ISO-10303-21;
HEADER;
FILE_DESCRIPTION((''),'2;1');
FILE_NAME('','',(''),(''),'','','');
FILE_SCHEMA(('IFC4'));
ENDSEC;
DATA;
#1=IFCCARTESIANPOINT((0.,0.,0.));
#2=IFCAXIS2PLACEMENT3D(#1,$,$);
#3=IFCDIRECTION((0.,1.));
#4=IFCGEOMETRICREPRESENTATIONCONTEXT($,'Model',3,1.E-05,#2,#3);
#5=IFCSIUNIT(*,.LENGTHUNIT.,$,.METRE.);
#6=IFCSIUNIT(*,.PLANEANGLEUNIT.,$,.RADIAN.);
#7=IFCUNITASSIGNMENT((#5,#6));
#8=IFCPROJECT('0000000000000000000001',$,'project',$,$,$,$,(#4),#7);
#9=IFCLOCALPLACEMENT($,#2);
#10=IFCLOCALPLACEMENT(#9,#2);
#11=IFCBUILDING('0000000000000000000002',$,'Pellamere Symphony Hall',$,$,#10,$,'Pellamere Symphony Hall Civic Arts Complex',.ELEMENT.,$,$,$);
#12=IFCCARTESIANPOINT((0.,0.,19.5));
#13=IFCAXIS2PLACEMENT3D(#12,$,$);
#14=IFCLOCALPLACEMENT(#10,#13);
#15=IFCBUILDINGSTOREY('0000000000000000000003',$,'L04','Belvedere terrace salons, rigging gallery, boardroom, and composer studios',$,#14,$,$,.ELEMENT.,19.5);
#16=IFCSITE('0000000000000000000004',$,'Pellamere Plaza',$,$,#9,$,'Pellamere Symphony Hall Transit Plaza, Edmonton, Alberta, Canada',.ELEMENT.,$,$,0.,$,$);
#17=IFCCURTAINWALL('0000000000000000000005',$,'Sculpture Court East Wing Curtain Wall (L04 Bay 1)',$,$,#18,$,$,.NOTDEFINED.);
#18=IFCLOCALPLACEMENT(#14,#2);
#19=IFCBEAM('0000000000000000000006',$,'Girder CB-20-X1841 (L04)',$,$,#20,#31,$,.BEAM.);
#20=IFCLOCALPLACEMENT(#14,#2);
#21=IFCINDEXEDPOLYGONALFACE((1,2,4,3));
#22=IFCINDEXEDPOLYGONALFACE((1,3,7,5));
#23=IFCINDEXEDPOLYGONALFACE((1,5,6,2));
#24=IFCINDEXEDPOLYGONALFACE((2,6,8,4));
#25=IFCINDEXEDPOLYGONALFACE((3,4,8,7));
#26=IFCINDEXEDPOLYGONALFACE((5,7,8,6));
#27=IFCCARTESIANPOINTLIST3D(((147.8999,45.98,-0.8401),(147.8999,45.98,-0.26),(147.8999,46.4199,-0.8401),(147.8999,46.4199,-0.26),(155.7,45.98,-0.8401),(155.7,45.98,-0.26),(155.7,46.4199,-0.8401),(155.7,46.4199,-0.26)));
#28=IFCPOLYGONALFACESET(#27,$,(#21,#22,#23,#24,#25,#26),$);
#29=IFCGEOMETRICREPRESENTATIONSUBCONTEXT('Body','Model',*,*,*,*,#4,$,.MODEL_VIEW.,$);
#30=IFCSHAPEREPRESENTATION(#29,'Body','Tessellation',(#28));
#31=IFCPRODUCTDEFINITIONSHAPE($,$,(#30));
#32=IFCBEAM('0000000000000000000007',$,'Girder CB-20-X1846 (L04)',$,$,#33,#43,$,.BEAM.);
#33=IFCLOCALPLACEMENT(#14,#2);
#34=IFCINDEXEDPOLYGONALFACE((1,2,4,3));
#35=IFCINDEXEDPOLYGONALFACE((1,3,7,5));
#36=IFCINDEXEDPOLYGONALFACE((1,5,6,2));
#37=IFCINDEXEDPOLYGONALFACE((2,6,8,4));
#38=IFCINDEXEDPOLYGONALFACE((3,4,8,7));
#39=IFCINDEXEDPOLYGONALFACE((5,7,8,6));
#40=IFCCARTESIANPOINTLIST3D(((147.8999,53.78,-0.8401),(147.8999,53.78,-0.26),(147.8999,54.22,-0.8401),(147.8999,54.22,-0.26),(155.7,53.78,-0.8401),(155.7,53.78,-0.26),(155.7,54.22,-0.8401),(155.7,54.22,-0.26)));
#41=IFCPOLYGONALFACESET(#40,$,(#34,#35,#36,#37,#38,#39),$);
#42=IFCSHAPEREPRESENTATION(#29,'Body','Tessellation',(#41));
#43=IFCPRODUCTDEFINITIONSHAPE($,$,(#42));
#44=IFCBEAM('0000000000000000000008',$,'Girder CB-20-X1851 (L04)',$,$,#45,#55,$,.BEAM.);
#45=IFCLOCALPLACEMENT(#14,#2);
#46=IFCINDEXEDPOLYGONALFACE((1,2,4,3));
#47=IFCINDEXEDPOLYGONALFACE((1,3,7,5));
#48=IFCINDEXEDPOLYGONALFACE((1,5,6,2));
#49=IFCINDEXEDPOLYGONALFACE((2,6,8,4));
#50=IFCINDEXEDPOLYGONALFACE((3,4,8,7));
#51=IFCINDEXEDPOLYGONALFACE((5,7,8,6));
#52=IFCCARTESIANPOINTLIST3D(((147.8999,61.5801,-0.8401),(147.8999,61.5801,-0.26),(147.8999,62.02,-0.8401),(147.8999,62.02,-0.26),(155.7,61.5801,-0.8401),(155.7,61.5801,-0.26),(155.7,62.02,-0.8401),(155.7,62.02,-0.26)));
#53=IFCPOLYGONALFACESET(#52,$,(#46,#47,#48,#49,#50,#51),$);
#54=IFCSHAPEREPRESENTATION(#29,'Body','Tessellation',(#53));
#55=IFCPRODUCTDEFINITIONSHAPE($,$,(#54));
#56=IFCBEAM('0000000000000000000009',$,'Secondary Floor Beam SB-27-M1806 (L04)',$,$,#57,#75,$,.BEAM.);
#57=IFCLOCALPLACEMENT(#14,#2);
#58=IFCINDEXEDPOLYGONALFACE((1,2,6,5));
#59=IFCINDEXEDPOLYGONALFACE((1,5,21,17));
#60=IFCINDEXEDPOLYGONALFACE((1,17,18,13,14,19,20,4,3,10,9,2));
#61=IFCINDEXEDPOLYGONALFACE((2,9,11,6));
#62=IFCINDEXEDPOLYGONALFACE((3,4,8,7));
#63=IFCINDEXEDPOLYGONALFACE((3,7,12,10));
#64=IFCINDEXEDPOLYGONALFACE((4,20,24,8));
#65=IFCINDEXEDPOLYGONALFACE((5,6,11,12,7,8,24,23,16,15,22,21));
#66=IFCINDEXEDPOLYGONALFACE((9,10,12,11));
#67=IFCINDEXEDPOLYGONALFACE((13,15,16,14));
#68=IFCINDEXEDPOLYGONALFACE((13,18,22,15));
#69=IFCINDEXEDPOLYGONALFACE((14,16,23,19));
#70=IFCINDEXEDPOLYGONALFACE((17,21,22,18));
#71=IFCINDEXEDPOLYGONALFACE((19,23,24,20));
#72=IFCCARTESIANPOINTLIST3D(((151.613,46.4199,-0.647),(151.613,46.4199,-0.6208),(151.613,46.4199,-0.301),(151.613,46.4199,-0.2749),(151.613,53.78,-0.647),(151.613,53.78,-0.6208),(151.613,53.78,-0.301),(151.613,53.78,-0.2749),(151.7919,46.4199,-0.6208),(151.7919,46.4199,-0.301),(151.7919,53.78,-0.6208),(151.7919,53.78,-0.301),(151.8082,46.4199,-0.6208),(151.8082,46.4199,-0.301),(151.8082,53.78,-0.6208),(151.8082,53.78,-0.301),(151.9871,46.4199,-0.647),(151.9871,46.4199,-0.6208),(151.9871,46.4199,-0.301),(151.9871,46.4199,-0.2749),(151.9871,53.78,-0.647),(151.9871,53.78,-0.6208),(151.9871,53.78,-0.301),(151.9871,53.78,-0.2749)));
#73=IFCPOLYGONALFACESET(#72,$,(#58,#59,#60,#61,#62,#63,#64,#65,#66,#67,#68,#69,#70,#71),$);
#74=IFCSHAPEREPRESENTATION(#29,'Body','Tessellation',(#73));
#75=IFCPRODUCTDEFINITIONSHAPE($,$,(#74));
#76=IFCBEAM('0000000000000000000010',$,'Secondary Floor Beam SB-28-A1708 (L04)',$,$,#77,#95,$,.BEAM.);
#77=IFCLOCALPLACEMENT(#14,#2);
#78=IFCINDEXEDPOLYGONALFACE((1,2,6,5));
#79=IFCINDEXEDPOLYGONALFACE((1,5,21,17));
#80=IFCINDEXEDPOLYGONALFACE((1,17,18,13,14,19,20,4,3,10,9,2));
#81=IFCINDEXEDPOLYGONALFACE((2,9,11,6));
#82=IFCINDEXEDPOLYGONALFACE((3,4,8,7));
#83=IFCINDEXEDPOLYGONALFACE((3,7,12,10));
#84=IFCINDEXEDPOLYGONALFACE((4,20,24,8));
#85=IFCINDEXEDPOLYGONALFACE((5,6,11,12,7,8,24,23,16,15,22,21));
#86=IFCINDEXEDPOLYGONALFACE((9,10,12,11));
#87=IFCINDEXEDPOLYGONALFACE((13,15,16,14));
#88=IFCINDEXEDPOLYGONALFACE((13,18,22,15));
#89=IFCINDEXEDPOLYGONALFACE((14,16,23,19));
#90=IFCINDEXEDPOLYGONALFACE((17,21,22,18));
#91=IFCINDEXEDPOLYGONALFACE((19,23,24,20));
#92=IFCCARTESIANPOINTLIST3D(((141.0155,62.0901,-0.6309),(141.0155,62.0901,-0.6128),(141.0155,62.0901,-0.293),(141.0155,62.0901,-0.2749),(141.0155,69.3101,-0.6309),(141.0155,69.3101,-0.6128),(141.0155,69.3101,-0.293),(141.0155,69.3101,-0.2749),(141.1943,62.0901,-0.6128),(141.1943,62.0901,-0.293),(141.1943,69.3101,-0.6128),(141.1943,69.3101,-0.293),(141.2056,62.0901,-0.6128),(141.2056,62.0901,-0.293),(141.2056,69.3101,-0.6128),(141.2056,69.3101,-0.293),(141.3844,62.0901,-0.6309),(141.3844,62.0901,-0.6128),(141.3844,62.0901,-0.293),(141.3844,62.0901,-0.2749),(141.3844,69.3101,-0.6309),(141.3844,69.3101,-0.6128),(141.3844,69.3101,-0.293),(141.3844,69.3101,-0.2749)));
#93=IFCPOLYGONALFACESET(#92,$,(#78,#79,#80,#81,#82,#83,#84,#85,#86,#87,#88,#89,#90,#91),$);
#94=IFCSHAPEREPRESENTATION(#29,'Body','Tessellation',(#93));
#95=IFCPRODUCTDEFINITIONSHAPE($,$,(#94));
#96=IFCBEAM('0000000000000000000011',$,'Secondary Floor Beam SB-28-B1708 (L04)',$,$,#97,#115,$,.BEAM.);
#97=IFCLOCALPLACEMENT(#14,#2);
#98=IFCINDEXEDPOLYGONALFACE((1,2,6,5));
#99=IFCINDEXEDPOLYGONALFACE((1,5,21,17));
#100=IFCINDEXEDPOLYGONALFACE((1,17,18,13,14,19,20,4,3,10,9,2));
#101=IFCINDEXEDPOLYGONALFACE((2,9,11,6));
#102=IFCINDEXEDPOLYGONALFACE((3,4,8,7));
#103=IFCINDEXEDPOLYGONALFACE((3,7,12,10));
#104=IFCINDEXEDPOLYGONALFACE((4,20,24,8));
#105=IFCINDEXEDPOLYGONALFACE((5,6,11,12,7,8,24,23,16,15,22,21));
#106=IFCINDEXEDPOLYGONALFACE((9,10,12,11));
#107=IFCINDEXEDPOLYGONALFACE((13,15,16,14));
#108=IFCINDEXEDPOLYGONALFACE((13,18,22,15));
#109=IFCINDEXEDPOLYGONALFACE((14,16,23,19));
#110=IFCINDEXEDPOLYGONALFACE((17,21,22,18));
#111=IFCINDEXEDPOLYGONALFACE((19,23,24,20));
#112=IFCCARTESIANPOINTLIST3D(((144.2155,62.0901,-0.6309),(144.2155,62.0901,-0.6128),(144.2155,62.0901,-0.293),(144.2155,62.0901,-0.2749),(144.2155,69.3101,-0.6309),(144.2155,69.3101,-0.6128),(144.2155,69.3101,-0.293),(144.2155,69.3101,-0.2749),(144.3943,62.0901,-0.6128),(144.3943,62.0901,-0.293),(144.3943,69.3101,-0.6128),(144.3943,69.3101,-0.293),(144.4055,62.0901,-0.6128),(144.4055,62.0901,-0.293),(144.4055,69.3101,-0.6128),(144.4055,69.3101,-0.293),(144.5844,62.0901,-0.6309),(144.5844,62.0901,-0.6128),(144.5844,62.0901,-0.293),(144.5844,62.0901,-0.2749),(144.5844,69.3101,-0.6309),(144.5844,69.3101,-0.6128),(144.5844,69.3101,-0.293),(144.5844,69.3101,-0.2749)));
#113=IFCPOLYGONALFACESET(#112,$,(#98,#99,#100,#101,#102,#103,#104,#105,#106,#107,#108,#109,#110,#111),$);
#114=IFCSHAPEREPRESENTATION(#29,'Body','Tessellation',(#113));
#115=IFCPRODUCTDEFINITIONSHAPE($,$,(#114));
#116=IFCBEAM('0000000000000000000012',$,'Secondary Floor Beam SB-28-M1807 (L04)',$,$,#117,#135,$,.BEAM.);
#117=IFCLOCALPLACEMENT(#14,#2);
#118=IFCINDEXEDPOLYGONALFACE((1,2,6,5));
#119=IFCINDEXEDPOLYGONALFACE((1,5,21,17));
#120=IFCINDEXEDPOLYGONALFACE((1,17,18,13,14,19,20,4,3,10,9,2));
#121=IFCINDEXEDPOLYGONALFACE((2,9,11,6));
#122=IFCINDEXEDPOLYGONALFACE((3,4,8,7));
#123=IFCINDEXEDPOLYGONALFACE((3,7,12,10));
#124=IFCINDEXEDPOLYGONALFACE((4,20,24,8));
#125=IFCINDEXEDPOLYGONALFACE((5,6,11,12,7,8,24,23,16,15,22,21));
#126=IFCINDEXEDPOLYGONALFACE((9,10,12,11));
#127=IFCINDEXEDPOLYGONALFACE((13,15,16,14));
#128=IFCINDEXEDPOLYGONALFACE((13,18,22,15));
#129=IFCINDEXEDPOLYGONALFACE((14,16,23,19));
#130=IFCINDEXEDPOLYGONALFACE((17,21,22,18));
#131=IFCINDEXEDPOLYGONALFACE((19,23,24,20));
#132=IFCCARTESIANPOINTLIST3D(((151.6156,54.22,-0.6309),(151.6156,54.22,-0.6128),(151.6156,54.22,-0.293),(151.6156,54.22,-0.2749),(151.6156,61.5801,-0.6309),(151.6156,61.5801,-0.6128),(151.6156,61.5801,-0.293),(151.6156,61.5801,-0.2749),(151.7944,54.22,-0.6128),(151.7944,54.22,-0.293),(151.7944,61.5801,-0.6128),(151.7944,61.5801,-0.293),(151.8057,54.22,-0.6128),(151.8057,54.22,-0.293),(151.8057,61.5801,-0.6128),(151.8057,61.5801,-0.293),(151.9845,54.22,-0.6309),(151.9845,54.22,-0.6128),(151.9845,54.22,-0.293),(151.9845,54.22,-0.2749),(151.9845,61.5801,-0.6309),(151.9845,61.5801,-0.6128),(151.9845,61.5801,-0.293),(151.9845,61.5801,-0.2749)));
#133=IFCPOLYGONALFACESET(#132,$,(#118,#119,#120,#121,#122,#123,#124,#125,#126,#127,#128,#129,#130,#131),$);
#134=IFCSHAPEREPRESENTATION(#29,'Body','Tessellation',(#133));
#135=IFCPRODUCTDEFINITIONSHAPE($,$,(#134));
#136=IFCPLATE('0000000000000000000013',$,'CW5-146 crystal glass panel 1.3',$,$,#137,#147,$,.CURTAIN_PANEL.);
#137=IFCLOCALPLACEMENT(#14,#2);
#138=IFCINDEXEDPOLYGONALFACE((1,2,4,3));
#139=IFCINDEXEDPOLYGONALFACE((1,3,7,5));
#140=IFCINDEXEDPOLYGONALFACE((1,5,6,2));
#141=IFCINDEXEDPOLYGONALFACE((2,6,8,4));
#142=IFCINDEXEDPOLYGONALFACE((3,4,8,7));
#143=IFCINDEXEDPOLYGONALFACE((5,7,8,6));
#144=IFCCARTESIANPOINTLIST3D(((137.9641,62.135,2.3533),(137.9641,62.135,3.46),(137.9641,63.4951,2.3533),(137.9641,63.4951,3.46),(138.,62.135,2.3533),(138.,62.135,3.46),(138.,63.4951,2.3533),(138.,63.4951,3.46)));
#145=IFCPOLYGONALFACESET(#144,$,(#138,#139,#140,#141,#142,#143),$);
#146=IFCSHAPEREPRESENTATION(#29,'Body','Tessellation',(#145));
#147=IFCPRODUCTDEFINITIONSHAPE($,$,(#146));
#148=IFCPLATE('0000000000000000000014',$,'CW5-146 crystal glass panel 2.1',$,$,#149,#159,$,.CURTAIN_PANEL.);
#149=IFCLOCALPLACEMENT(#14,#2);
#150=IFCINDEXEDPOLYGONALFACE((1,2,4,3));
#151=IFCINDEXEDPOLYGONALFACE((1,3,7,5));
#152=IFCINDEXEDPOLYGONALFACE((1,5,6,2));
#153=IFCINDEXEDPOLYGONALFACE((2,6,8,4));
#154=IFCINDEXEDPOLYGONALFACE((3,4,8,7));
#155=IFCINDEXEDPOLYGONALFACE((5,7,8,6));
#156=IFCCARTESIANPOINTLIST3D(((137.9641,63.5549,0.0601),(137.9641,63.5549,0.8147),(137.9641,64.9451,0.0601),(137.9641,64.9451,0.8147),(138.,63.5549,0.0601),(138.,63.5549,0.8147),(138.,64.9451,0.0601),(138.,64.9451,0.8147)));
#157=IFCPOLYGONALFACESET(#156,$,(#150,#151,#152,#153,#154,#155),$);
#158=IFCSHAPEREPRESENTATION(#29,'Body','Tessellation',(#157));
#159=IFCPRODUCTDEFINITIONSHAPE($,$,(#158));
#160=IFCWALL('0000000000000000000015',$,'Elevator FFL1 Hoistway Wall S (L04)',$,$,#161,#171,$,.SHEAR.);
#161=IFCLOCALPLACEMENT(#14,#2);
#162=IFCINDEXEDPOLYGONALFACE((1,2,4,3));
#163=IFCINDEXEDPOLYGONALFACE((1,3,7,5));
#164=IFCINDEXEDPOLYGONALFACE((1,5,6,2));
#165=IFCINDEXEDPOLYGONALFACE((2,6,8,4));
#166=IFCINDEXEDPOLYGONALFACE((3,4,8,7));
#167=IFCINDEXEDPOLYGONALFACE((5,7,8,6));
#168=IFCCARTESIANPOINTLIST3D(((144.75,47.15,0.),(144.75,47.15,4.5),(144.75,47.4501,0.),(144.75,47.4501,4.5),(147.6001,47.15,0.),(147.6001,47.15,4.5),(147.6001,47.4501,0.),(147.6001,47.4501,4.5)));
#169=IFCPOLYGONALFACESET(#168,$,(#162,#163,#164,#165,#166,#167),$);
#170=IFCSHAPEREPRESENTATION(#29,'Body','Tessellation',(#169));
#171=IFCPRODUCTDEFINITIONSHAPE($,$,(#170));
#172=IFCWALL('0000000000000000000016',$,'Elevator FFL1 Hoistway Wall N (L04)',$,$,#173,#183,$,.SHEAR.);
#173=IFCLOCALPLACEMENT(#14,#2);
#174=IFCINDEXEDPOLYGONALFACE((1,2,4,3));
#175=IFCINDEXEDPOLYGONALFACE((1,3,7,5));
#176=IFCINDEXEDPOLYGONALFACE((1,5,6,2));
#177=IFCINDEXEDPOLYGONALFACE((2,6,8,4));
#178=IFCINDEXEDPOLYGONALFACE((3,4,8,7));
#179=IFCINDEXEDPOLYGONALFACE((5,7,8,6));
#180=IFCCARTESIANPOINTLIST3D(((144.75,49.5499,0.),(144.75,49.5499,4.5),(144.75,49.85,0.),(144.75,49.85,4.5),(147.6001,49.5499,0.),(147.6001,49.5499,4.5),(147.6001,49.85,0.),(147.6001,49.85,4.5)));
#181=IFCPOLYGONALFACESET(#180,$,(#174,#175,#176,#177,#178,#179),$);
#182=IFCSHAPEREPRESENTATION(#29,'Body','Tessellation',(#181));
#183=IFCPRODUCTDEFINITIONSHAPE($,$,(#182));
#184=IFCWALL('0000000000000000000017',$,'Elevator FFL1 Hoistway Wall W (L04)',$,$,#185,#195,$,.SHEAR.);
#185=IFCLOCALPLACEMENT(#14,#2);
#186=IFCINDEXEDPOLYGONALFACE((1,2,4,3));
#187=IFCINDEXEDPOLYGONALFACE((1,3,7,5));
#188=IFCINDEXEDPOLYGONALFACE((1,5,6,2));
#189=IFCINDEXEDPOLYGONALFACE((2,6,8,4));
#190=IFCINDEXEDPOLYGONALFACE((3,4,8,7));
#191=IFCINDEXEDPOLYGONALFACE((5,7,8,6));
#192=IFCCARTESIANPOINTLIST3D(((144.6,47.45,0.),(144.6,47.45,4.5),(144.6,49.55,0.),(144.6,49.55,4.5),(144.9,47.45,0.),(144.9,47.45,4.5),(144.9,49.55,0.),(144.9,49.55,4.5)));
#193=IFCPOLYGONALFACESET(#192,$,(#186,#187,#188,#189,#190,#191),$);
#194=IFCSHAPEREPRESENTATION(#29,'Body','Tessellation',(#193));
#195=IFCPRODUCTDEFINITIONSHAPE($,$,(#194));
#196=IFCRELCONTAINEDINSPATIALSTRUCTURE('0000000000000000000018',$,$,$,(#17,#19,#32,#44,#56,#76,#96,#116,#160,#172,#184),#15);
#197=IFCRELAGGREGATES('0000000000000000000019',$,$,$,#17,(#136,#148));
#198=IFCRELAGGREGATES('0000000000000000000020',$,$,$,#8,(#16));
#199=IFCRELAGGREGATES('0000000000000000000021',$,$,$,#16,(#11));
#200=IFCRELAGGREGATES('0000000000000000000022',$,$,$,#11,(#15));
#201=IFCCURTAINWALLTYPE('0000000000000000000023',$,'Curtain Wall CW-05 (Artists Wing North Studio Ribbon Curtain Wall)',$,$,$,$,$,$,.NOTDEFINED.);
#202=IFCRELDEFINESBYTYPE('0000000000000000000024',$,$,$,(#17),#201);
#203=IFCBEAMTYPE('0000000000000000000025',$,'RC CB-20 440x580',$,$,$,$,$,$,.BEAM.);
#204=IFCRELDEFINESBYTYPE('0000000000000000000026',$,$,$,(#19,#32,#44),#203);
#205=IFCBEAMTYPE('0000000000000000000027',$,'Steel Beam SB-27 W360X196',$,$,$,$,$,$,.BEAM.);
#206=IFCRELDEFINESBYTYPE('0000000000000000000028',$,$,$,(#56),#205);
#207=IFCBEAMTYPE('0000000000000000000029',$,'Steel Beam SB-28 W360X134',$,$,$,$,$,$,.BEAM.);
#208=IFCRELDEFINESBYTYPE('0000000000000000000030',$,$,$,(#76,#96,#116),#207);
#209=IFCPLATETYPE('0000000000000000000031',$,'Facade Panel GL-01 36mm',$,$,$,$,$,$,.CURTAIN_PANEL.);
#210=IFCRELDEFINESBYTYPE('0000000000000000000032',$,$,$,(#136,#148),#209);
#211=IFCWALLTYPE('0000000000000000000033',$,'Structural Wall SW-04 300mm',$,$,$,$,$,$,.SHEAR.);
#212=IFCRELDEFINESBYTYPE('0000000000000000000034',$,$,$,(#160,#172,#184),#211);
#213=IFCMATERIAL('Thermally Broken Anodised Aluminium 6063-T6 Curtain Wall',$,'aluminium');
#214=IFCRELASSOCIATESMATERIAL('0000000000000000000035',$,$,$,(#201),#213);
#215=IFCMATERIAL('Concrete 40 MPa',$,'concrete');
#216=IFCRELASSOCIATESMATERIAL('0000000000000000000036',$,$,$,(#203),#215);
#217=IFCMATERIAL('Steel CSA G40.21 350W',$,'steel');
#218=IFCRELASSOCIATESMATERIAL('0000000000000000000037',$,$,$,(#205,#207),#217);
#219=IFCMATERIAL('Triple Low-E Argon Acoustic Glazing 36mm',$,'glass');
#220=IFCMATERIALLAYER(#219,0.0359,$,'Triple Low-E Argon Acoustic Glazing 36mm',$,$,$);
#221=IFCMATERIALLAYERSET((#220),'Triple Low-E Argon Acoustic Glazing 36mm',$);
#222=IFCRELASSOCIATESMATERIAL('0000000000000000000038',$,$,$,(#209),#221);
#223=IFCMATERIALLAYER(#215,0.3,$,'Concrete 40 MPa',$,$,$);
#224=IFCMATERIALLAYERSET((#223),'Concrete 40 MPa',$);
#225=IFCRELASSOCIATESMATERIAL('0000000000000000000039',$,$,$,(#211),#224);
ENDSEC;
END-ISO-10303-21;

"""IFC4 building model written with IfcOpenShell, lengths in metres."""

from ifc_helpers import new_model, si_unit, direction, frame, frame_2d, origin, origin_2d, place, context, subcontext, project, spatial, polyline, rectangle, i_section, outline, extrude, material, layer, layer_set, material_profile, profile_set, type_object, element, aggregate, save


model = new_model("IFC4")

# Units and contexts
model_context = context("Model", 3, precision=1e-05, world=origin(), true_north=direction((0.0, 1.0)))
body_context = subcontext(model_context, "Body", "Model", "MODEL_VIEW")
ifc_project = project(units=[si_unit("LENGTHUNIT", "METRE"), si_unit("PLANEANGLEUNIT", "RADIAN")], contexts=[model_context])

# Site, building, storey
site_placement = place(None, origin())
site = spatial("IfcSite", under=ifc_project, at=site_placement, Name="Pellamere Plaza", LongName="Pellamere Symphony Hall Transit Plaza, Edmonton, Alberta, Canada", CompositionType="ELEMENT", RefElevation=0.0)
building_placement = place(site_placement, origin())
building = spatial("IfcBuilding", under=site, at=building_placement, Name="Pellamere Symphony Hall", LongName="Pellamere Symphony Hall Civic Arts Complex", CompositionType="ELEMENT")
storey_placement = place(building_placement, frame((0.0, 0.0, 19.5)))
storey = spatial("IfcBuildingStorey", under=building, at=storey_placement, Name="L04", Description="Belvedere terrace salons, rigging gallery, boardroom, and composer studios", CompositionType="ELEMENT", Elevation=19.5)

# Curtain wall
ifc_material_1 = material(Name="Thermally Broken Anodised Aluminium 6063-T6 Curtain Wall", Category="aluminium")
curtain_wall_type = type_object("IfcCurtainWallType", Name="Curtain Wall CW-05 (Artists Wing North Studio Ribbon Curtain Wall)", PredefinedType="NOTDEFINED", material=ifc_material_1)
curtain_wall_placement = place(storey_placement, origin())
curtain_wall = element("IfcCurtainWall", 1, at=curtain_wall_placement, inside=storey, type_object=curtain_wall_type, Name="Sculpture Court East Wing Curtain Wall (L04 Bay 1)", PredefinedType="NOTDEFINED")

# Beams
ifc_material_2 = material(Name="Concrete 40 MPa", Category="concrete")
ifc_material_profile_1 = material_profile(ifc_material_2, rectangle(XDim=0.4399, YDim=0.5801, at=origin_2d()), Name="RC 440x580")
ifc_profile_set_1 = profile_set([ifc_material_profile_1], Name="Concrete 40 MPa")
beam_type_1 = type_object("IfcBeamType", Name="RC CB-20 440x580", PredefinedType="BEAM", material=ifc_profile_set_1)
for number, where, z_axis, x_axis, name in (
    (2, (147.8999, 46.2, -0.55), (1.0, 0.0, 0.0), (0.0, 1.0, 0.0), "Girder CB-20-X1841 (L04)"),
    (3, (147.8999, 54.0, -0.55), (1.0, 0.0, 0.0), (0.0, 1.0, 0.0), "Girder CB-20-X1846 (L04)"),
    (4, (147.8999, 61.8, -0.55), (1.0, 0.0, 0.0), (0.0, 1.0, 0.0), "Girder CB-20-X1851 (L04)"),
):
    element("IfcBeam", number, at=place(storey_placement, frame(where, z_axis=z_axis, x_axis=x_axis)), inside=storey, type_object=beam_type_1, Name=name, PredefinedType="BEAM", context=body_context, shape_type="SweptSolid", body=[
        extrude(rectangle(XDim=0.4399, YDim=0.5801, at=origin_2d()), origin(), (0.0, 0.0, 1.0), 7.8),
    ])
ifc_material_3 = material(Name="Steel CSA G40.21 350W", Category="steel")
ifc_material_profile_2 = material_profile(ifc_material_3, i_section(OverallWidth=0.374, OverallDepth=0.3721, WebThickness=0.0164, FlangeThickness=0.0261, at=origin_2d()), Name="W360X196")
ifc_profile_set_2 = profile_set([ifc_material_profile_2], Name="Steel CSA G40.21 350W")
beam_type_2 = type_object("IfcBeamType", Name="Steel Beam SB-27 W360X196", PredefinedType="BEAM", material=ifc_profile_set_2)
beam_1_placement = place(storey_placement, frame((151.8, 46.4199, -0.4609), z_axis=(0.0, 1.0, 0.0), x_axis=(-1.0, 0.0, 0.0)))
element("IfcBeam", 5, at=beam_1_placement, inside=storey, type_object=beam_type_2, Name="Secondary Floor Beam SB-27-M1806 (L04)", PredefinedType="BEAM", context=body_context, shape_type="SweptSolid", body=[
    extrude(i_section(OverallWidth=0.374, OverallDepth=0.3721, WebThickness=0.0164, FlangeThickness=0.0261, at=origin_2d()), origin(), (0.0, 0.0, 1.0), 7.3601),
])
ifc_material_profile_3 = material_profile(ifc_material_3, i_section(OverallWidth=0.3689, OverallDepth=0.356, WebThickness=0.0112, FlangeThickness=0.0181, at=origin_2d()), Name="W360X134")
ifc_profile_set_3 = profile_set([ifc_material_profile_3], Name="Steel CSA G40.21 350W")
beam_type_3 = type_object("IfcBeamType", Name="Steel Beam SB-28 W360X134", PredefinedType="BEAM", material=ifc_profile_set_3)
for number, where, z_axis, x_axis, name in (
    (6, (141.2, 62.0901, -0.4529), (0.0, 1.0, 0.0), (-1.0, 0.0, 0.0), "Secondary Floor Beam SB-28-A1708 (L04)"),
    (7, (144.3999, 62.0901, -0.4529), (0.0, 1.0, 0.0), (-1.0, 0.0, 0.0), "Secondary Floor Beam SB-28-B1708 (L04)"),
):
    element("IfcBeam", number, at=place(storey_placement, frame(where, z_axis=z_axis, x_axis=x_axis)), inside=storey, type_object=beam_type_3, Name=name, PredefinedType="BEAM", context=body_context, shape_type="SweptSolid", body=[
        extrude(i_section(OverallWidth=0.3689, OverallDepth=0.356, WebThickness=0.0112, FlangeThickness=0.0181, at=origin_2d()), origin(), (0.0, 0.0, 1.0), 7.22),
    ])
beam_2_placement = place(storey_placement, frame((151.8, 54.22, -0.4529), z_axis=(0.0, 1.0, 0.0), x_axis=(-1.0, 0.0, 0.0)))
element("IfcBeam", 8, at=beam_2_placement, inside=storey, type_object=beam_type_3, Name="Secondary Floor Beam SB-28-M1807 (L04)", PredefinedType="BEAM", context=body_context, shape_type="SweptSolid", body=[
    extrude(i_section(OverallWidth=0.3689, OverallDepth=0.356, WebThickness=0.0112, FlangeThickness=0.0181, at=origin_2d()), origin(), (0.0, 0.0, 1.0), 7.3601),
])

# Plates
ifc_material_4 = material(Name="Triple Low-E Argon Acoustic Glazing 36mm", Category="glass")
ifc_layer_1 = layer(ifc_material_4, 0.0359, Name="Triple Low-E Argon Acoustic Glazing 36mm")
ifc_layer_set_1 = layer_set([ifc_layer_1], Name="Triple Low-E Argon Acoustic Glazing 36mm")
plate_type = type_object("IfcPlateType", Name="Facade Panel GL-01 36mm", PredefinedType="CURTAIN_PANEL", material=ifc_layer_set_1)
plate_1_placement = place(storey_placement, frame((138.0, 62.135, 2.3533), z_axis=(1.0, 0.0, 0.0), x_axis=(0.0, 1.0, 0.0)))
plate_1 = element("IfcPlate", 9, at=plate_1_placement, type_object=plate_type, Name="CW5-146 crystal glass panel 1.3", PredefinedType="CURTAIN_PANEL", context=body_context, shape_type="SweptSolid", body=[
    extrude(outline(polyline([(0.0, 0.0), (1.3601, 0.0), (1.3601, 1.1067), (0.0, 1.1067), (0.0, 0.0)])), origin(), (0.0, 0.0, -1.0), 0.0359),
])
plate_2_placement = place(storey_placement, frame((138.0, 63.5549, 0.0601), z_axis=(1.0, 0.0, 0.0), x_axis=(0.0, 1.0, 0.0)))
plate_2 = element("IfcPlate", 10, at=plate_2_placement, type_object=plate_type, Name="CW5-146 crystal glass panel 2.1", PredefinedType="CURTAIN_PANEL", context=body_context, shape_type="SweptSolid", body=[
    extrude(outline(polyline([(0.0, 0.0), (1.3901, 0.0), (1.3901, 0.7546), (0.0, 0.7546), (0.0, 0.0)])), origin(), (0.0, 0.0, -1.0), 0.0359),
])
aggregate(curtain_wall, [plate_1, plate_2])

# Walls
ifc_layer_2 = layer(ifc_material_2, 0.3, Name="Concrete 40 MPa")
ifc_layer_set_2 = layer_set([ifc_layer_2], Name="Concrete 40 MPa")
wall_type = type_object("IfcWallType", Name="Structural Wall SW-04 300mm", PredefinedType="SHEAR", material=ifc_layer_set_2)
for number, where, z_axis, x_axis, name in (
    (11, (144.75, 47.3, 0.0), (0.0, 0.0, 1.0), (1.0, 0.0, 0.0), "Elevator FFL1 Hoistway Wall S (L04)"),
    (12, (144.75, 49.7, 0.0), (0.0, 0.0, 1.0), (1.0, 0.0, 0.0), "Elevator FFL1 Hoistway Wall N (L04)"),
):
    element("IfcWall", number, at=place(storey_placement, frame(where, z_axis=z_axis, x_axis=x_axis)), inside=storey, type_object=wall_type, Name=name, PredefinedType="SHEAR", context=body_context, shape_type="SweptSolid", body=[
        extrude(rectangle(XDim=2.8501, YDim=0.3, at=frame_2d((1.425, 0.0))), origin(), (0.0, 0.0, 1.0), 4.5),
    ])
wall_1_placement = place(storey_placement, frame((144.75, 47.45, 0.0), z_axis=(0.0, 0.0, 1.0), x_axis=(0.0, 1.0, 0.0)))
element("IfcWall", 13, at=wall_1_placement, inside=storey, type_object=wall_type, Name="Elevator FFL1 Hoistway Wall W (L04)", PredefinedType="SHEAR", context=body_context, shape_type="SweptSolid", body=[
    extrude(rectangle(XDim=2.1001, YDim=0.3, at=frame_2d((1.05, 0.0))), origin(), (0.0, 0.0, 1.0), 4.5),
])

save(model, "model.ifc")
